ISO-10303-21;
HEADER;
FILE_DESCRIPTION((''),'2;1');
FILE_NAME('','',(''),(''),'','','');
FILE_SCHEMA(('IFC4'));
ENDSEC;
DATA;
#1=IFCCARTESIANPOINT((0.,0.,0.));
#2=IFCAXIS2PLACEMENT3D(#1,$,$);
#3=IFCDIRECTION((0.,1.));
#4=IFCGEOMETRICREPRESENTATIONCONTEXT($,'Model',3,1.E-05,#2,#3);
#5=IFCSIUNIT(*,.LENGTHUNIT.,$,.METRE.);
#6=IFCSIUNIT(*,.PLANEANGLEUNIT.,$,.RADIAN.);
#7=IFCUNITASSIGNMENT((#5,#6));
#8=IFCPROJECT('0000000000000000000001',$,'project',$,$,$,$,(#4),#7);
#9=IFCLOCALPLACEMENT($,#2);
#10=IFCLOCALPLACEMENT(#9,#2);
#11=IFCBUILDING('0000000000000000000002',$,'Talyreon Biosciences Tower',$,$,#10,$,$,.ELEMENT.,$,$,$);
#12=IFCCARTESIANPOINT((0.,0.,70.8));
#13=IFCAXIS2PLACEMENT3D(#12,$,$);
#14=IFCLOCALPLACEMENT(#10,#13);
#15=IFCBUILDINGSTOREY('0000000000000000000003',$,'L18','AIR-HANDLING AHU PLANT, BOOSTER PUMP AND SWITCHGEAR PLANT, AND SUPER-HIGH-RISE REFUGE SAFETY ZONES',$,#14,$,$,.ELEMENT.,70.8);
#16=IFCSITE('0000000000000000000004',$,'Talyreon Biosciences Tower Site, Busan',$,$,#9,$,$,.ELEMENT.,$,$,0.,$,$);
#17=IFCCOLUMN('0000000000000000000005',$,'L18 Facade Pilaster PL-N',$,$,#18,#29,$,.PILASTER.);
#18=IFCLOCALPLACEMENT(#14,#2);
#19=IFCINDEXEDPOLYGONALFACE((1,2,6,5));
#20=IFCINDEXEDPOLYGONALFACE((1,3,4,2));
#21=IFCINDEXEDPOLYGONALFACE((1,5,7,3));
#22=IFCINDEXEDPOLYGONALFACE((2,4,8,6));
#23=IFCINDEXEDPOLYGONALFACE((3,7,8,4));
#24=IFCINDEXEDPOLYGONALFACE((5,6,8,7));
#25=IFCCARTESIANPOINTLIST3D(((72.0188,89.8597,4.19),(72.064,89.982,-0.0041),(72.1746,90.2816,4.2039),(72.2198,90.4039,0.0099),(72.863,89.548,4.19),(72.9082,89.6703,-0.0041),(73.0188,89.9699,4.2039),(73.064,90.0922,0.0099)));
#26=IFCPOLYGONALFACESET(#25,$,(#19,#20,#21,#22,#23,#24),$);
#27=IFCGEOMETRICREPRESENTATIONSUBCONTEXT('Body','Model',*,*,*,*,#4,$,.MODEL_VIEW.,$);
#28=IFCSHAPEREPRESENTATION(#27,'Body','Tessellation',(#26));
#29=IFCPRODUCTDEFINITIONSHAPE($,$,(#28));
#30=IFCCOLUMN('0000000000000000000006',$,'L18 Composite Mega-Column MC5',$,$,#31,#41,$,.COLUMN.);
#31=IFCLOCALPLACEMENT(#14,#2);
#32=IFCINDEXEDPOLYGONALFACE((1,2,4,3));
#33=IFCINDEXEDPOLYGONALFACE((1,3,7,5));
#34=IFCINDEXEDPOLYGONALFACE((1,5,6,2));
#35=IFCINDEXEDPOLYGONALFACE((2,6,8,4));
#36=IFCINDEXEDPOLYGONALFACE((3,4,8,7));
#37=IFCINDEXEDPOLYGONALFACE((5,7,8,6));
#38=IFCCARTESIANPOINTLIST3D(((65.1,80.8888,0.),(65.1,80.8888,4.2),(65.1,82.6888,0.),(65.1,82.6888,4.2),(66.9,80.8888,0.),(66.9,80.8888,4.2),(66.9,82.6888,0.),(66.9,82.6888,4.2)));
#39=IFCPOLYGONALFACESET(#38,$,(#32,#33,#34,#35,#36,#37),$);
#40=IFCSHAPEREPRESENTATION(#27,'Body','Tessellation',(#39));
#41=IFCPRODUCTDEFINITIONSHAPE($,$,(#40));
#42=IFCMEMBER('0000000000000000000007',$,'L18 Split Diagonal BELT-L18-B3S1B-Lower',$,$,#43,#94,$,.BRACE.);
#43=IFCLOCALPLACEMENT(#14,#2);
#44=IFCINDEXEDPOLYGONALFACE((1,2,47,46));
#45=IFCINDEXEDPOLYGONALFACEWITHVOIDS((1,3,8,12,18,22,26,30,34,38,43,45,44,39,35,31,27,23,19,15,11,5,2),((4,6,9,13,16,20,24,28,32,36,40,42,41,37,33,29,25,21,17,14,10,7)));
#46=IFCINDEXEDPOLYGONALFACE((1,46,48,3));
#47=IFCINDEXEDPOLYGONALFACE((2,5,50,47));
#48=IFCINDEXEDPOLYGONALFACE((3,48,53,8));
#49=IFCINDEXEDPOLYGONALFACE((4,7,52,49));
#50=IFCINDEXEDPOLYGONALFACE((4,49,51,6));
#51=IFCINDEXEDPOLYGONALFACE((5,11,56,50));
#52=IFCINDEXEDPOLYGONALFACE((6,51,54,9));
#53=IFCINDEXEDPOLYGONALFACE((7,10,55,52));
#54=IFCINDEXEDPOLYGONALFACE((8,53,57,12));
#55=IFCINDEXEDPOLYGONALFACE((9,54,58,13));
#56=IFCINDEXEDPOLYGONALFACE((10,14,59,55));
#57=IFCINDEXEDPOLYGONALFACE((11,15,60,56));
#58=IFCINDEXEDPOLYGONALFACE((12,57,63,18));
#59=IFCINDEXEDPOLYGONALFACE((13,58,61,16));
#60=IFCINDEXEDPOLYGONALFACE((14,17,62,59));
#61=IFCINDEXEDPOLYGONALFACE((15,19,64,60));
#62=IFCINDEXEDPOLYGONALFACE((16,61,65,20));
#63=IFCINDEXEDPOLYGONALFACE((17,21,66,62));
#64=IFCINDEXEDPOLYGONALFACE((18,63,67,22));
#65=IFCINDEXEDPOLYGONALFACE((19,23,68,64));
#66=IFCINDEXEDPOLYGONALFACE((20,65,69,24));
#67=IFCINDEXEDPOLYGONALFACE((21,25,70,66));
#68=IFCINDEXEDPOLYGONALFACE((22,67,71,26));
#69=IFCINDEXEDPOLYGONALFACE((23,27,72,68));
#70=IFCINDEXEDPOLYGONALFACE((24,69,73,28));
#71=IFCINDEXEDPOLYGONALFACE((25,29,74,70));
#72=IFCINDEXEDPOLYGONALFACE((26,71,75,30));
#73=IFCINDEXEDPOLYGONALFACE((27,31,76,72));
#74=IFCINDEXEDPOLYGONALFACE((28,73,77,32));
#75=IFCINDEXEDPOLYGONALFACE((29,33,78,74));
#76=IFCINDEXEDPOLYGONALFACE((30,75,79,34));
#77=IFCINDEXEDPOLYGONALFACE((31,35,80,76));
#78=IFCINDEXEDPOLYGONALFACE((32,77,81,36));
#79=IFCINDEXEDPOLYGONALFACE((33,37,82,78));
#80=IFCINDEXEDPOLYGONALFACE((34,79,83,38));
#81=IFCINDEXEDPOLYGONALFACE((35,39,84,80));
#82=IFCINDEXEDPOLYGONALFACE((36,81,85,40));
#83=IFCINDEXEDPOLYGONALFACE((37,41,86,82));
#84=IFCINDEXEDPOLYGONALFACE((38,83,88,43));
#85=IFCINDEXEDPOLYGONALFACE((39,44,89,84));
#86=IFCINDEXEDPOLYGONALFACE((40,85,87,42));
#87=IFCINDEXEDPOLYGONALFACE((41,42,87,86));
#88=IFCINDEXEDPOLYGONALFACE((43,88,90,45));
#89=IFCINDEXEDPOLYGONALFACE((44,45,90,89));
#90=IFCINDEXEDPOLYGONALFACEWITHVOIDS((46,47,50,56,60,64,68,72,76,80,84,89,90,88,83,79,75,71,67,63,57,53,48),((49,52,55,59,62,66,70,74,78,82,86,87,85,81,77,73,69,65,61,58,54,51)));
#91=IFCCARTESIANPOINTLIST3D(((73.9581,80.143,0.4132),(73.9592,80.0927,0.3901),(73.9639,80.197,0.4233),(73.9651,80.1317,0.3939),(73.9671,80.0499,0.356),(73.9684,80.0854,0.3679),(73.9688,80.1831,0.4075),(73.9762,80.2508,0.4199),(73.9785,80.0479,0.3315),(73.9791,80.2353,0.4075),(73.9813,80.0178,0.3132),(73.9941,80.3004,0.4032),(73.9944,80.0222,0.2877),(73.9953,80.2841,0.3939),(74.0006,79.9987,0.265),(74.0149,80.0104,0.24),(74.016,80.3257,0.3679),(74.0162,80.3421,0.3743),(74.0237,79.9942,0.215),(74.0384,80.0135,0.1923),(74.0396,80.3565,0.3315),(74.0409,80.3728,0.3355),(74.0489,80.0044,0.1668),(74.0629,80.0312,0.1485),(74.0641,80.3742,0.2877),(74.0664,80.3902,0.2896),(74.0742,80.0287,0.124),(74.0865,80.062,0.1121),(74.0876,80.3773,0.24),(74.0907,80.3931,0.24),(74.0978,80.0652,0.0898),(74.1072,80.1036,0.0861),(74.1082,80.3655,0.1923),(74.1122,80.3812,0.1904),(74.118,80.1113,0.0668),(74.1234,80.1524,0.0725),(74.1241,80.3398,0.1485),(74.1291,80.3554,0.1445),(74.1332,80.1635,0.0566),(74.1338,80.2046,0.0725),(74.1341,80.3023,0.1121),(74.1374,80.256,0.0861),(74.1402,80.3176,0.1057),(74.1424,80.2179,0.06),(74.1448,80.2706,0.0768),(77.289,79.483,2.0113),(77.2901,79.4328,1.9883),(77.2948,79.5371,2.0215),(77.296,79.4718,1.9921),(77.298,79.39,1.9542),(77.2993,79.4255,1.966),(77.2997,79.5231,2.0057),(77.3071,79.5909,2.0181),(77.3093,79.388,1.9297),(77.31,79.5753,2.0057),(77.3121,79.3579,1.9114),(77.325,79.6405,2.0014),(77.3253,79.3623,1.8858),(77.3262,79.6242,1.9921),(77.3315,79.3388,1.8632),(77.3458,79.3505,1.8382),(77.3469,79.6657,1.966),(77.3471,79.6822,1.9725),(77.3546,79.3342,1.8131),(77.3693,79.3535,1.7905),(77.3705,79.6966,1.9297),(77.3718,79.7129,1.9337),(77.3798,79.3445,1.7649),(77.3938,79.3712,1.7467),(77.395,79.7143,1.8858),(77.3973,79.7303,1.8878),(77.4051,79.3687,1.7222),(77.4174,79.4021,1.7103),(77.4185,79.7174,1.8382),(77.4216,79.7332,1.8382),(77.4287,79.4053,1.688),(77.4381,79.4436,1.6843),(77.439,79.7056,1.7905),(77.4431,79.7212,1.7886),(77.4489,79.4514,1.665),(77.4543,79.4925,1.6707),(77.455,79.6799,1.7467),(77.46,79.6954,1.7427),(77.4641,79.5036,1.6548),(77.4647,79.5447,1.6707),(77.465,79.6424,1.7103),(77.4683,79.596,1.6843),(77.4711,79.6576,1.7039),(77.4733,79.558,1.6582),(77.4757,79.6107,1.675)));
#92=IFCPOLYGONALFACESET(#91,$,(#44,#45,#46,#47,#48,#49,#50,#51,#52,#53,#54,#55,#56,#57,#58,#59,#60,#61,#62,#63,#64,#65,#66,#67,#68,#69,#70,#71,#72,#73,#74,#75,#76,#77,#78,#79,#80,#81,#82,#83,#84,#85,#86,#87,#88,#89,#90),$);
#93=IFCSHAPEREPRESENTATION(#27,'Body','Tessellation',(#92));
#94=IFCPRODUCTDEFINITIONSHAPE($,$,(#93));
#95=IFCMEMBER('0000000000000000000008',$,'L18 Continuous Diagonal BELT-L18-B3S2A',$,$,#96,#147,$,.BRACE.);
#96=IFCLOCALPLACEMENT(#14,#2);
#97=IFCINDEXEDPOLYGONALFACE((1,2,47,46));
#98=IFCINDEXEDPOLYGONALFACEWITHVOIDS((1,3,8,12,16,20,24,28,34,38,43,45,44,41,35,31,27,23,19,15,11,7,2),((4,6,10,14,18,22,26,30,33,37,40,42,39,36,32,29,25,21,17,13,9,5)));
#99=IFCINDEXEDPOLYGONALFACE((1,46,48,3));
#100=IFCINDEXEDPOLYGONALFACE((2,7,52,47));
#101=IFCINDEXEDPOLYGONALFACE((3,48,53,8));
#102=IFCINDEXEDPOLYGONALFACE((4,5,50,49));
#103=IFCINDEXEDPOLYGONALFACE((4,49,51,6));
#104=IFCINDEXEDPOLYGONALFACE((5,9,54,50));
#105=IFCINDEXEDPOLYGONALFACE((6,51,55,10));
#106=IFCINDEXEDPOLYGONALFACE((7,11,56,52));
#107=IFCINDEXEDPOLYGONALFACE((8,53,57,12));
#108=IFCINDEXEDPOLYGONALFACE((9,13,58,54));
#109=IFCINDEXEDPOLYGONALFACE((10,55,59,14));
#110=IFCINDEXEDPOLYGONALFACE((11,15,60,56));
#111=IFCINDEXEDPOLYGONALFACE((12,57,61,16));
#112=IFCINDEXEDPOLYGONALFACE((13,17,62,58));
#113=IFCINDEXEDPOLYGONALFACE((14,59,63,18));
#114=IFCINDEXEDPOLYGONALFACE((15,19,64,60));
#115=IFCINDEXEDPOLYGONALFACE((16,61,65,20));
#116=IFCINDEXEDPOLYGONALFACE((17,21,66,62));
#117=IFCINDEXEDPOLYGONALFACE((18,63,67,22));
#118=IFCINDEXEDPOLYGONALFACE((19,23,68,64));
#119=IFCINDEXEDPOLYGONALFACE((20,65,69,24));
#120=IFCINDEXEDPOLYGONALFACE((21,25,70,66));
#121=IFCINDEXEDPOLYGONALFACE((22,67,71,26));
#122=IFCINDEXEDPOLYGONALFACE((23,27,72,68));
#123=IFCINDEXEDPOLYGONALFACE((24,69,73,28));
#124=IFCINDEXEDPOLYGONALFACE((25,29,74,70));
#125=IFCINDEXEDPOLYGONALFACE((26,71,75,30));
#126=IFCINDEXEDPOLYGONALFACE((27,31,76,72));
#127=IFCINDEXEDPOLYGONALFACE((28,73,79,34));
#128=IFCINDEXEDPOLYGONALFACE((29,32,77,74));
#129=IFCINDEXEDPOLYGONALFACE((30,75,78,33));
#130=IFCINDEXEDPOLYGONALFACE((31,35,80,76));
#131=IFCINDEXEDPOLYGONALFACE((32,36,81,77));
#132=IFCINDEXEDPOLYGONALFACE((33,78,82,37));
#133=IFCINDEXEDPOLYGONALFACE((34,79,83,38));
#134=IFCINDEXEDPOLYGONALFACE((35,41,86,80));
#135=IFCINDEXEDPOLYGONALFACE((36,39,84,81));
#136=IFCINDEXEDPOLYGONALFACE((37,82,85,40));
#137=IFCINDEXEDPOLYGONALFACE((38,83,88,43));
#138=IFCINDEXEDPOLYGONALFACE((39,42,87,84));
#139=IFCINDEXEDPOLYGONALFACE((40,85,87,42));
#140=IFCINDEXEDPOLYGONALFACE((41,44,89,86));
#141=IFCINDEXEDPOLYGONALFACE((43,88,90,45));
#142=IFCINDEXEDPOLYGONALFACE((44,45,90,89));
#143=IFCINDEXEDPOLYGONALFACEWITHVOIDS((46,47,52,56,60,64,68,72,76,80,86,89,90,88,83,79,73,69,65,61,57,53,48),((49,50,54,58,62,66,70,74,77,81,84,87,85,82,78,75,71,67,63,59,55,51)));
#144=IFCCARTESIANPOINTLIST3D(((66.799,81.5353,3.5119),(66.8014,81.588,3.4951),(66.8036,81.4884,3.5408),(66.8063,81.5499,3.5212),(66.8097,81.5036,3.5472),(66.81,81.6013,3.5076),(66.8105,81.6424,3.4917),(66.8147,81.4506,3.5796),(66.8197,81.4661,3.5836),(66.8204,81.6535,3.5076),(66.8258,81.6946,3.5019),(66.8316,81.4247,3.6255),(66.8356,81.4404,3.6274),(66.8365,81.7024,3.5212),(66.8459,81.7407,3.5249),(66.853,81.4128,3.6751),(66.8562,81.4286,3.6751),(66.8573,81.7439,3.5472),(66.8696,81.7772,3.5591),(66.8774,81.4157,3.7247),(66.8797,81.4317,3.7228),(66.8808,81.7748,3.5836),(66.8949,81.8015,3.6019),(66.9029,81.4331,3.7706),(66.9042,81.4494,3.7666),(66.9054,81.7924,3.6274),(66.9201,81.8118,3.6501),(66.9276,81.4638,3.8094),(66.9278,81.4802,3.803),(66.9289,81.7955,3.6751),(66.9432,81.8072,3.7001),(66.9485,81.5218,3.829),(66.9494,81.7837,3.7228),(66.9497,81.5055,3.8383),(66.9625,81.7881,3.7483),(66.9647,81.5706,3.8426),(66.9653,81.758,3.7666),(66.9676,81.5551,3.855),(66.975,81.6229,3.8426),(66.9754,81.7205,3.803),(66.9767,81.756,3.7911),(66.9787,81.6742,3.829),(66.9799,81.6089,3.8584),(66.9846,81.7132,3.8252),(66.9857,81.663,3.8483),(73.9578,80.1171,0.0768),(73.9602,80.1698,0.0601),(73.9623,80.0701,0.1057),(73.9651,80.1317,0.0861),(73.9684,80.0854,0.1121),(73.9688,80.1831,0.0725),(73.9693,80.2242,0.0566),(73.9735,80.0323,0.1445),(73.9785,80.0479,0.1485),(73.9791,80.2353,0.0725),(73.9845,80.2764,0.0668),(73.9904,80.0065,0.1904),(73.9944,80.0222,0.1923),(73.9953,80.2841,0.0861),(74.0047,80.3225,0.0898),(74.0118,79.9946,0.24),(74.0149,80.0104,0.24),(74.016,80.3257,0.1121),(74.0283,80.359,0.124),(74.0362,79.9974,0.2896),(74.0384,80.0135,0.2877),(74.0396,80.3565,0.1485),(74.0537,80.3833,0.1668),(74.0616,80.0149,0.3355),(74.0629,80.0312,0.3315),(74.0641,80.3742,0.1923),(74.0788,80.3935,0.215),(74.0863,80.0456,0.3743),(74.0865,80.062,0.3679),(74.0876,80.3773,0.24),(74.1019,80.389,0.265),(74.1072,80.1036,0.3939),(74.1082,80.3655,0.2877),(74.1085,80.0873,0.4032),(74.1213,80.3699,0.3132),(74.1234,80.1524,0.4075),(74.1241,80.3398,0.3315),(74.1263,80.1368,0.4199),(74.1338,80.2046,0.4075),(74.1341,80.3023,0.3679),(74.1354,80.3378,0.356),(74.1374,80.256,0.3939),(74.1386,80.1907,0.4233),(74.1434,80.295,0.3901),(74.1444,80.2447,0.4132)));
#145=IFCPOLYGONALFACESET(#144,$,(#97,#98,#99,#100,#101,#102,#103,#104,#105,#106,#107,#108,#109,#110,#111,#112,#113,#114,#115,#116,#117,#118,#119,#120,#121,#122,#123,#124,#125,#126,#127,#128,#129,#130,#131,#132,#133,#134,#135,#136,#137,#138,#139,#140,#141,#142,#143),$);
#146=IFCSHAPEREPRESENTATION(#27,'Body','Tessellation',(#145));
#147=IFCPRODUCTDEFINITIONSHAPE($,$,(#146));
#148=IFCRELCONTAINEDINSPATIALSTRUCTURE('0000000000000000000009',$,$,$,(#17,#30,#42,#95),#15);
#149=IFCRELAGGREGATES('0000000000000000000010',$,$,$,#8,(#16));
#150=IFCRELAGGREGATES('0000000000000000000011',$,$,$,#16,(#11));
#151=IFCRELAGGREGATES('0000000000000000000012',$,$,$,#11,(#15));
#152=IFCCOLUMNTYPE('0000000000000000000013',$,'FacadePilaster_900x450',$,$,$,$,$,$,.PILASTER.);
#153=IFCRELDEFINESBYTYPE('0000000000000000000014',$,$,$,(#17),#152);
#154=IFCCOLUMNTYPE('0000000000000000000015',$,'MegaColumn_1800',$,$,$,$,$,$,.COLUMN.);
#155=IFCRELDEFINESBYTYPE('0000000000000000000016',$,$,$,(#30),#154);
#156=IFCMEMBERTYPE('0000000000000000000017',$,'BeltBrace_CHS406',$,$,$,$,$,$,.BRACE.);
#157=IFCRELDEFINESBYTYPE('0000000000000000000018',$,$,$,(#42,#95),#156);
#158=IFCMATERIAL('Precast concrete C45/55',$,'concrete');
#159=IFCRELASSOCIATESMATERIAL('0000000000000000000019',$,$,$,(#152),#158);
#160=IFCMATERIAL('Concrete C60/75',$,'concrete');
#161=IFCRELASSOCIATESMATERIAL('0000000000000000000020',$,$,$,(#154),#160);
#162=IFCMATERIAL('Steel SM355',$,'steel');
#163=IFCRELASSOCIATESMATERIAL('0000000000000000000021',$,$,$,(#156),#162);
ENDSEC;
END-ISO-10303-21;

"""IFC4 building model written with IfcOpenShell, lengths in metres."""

from ifc_helpers import new_model, si_unit, direction, frame, origin, origin_2d, place, context, subcontext, project, spatial, rectangle, hollow_circle, extrude, material, material_profile, profile_set, type_object, element, save


model = new_model("IFC4")

# Units and contexts
model_context = context("Model", 3, precision=1e-05, world=origin(), true_north=direction((0.0, 1.0)))
body_context = subcontext(model_context, "Body", "Model", "MODEL_VIEW")
ifc_project = project(units=[si_unit("LENGTHUNIT", "METRE"), si_unit("PLANEANGLEUNIT", "RADIAN")], contexts=[model_context])

# Site, building, storey
site_placement = place(None, origin())
site = spatial("IfcSite", under=ifc_project, at=site_placement, Name="Talyreon Biosciences Tower Site, Busan", CompositionType="ELEMENT", RefElevation=0.0)
building_placement = place(site_placement, origin())
building = spatial("IfcBuilding", under=site, at=building_placement, Name="Talyreon Biosciences Tower", CompositionType="ELEMENT")
storey_placement = place(building_placement, frame((0.0, 0.0, 70.8)))
storey = spatial("IfcBuildingStorey", under=building, at=storey_placement, Name="L18", Description="AIR-HANDLING AHU PLANT, BOOSTER PUMP AND SWITCHGEAR PLANT, AND SUPER-HIGH-RISE REFUGE SAFETY ZONES", CompositionType="ELEMENT", Elevation=70.8)

# Columns
ifc_material_1 = material(Name="Precast concrete C45/55", Category="concrete")
ifc_material_profile_1 = material_profile(ifc_material_1, rectangle(XDim=0.8999, YDim=0.45, at=origin_2d()), Name="RC 900x450")
ifc_profile_set_1 = profile_set([ifc_material_profile_1], Name="Precast concrete C45/55")
column_type_1 = type_object("IfcColumnType", Name="FacadePilaster_900x450", PredefinedType="PILASTER", material=ifc_profile_set_1)
column_1_placement = place(storey_placement, frame((72.564, 90.0371, 0.0029), z_axis=(-0.010764, -0.029149, 0.999517), x_axis=(-0.938087, 0.346399, 0.0)))
element("IfcColumn", 1, at=column_1_placement, inside=storey, type_object=column_type_1, Name="L18 Facade Pilaster PL-N", PredefinedType="PILASTER", context=body_context, shape_type="SweptSolid", body=[
    extrude(rectangle(XDim=0.8999, YDim=0.45, at=origin_2d()), origin(), (0.0, 0.0, 1.0), 4.196),
])
ifc_material_2 = material(Name="Concrete C60/75", Category="concrete")
ifc_material_profile_2 = material_profile(ifc_material_2, rectangle(XDim=1.8, YDim=1.8, at=origin_2d()), Name="RC 1800x1800")
ifc_profile_set_2 = profile_set([ifc_material_profile_2], Name="Concrete C60/75")
column_type_2 = type_object("IfcColumnType", Name="MegaColumn_1800", PredefinedType="COLUMN", material=ifc_profile_set_2)
column_2_placement = place(storey_placement, frame((66.0, 81.7888, 0.0), z_axis=(0.0, 0.0, 1.0), x_axis=(1.0, 0.0, 0.0)))
element("IfcColumn", 2, at=column_2_placement, inside=storey, type_object=column_type_2, Name="L18 Composite Mega-Column MC5", PredefinedType="COLUMN", context=body_context, shape_type="SweptSolid", body=[
    extrude(rectangle(XDim=1.8, YDim=1.8, at=origin_2d()), origin(), (0.0, 0.0, 1.0), 4.2),
])

# Members
ifc_material_3 = material(Name="Steel SM355", Category="steel")
ifc_material_profile_3 = material_profile(ifc_material_3, hollow_circle(Radius=0.2031, WallThickness=0.0161, at=origin_2d()), Name="CHS 406.4x16")
ifc_profile_set_3 = profile_set([ifc_material_profile_3], Name="Steel SM355")
member_type_1 = type_object("IfcMemberType", Name="BeltBrace_CHS406", PredefinedType="BRACE", material=ifc_profile_set_3)
member_1_placement = place(storey_placement, frame((74.0513, 80.1938, 0.24), z_axis=(0.887543, -0.175843, 0.425849), x_axis=(0.194346, 0.980933, 0.0)))
element("IfcMember", 3, at=member_1_placement, inside=storey, type_object=member_type_1, Name="L18 Split Diagonal BELT-L18-B3S1B-Lower", PredefinedType="BRACE", context=body_context, shape_type="SweptSolid", body=[
    extrude(hollow_circle(Radius=0.2031, WallThickness=0.0161, at=origin_2d()), origin(), (0.0, 0.0, 1.0), 3.7529),
])
member_2_placement = place(storey_placement, frame((74.0513, 80.1938, 0.24), z_axis=(-0.887532, 0.175829, 0.425877), x_axis=(-0.194334, -0.980935, 0.0)))
element("IfcMember", 4, at=member_2_placement, inside=storey, type_object=member_type_1, Name="L18 Continuous Diagonal BELT-L18-B3S2A", PredefinedType="BRACE", context=body_context, shape_type="SweptSolid", body=[
    extrude(hollow_circle(Radius=0.2031, WallThickness=0.0161, at=origin_2d()), origin(), (0.0, 0.0, 1.0), 8.0659),
])

save(model, "model.ifc")
